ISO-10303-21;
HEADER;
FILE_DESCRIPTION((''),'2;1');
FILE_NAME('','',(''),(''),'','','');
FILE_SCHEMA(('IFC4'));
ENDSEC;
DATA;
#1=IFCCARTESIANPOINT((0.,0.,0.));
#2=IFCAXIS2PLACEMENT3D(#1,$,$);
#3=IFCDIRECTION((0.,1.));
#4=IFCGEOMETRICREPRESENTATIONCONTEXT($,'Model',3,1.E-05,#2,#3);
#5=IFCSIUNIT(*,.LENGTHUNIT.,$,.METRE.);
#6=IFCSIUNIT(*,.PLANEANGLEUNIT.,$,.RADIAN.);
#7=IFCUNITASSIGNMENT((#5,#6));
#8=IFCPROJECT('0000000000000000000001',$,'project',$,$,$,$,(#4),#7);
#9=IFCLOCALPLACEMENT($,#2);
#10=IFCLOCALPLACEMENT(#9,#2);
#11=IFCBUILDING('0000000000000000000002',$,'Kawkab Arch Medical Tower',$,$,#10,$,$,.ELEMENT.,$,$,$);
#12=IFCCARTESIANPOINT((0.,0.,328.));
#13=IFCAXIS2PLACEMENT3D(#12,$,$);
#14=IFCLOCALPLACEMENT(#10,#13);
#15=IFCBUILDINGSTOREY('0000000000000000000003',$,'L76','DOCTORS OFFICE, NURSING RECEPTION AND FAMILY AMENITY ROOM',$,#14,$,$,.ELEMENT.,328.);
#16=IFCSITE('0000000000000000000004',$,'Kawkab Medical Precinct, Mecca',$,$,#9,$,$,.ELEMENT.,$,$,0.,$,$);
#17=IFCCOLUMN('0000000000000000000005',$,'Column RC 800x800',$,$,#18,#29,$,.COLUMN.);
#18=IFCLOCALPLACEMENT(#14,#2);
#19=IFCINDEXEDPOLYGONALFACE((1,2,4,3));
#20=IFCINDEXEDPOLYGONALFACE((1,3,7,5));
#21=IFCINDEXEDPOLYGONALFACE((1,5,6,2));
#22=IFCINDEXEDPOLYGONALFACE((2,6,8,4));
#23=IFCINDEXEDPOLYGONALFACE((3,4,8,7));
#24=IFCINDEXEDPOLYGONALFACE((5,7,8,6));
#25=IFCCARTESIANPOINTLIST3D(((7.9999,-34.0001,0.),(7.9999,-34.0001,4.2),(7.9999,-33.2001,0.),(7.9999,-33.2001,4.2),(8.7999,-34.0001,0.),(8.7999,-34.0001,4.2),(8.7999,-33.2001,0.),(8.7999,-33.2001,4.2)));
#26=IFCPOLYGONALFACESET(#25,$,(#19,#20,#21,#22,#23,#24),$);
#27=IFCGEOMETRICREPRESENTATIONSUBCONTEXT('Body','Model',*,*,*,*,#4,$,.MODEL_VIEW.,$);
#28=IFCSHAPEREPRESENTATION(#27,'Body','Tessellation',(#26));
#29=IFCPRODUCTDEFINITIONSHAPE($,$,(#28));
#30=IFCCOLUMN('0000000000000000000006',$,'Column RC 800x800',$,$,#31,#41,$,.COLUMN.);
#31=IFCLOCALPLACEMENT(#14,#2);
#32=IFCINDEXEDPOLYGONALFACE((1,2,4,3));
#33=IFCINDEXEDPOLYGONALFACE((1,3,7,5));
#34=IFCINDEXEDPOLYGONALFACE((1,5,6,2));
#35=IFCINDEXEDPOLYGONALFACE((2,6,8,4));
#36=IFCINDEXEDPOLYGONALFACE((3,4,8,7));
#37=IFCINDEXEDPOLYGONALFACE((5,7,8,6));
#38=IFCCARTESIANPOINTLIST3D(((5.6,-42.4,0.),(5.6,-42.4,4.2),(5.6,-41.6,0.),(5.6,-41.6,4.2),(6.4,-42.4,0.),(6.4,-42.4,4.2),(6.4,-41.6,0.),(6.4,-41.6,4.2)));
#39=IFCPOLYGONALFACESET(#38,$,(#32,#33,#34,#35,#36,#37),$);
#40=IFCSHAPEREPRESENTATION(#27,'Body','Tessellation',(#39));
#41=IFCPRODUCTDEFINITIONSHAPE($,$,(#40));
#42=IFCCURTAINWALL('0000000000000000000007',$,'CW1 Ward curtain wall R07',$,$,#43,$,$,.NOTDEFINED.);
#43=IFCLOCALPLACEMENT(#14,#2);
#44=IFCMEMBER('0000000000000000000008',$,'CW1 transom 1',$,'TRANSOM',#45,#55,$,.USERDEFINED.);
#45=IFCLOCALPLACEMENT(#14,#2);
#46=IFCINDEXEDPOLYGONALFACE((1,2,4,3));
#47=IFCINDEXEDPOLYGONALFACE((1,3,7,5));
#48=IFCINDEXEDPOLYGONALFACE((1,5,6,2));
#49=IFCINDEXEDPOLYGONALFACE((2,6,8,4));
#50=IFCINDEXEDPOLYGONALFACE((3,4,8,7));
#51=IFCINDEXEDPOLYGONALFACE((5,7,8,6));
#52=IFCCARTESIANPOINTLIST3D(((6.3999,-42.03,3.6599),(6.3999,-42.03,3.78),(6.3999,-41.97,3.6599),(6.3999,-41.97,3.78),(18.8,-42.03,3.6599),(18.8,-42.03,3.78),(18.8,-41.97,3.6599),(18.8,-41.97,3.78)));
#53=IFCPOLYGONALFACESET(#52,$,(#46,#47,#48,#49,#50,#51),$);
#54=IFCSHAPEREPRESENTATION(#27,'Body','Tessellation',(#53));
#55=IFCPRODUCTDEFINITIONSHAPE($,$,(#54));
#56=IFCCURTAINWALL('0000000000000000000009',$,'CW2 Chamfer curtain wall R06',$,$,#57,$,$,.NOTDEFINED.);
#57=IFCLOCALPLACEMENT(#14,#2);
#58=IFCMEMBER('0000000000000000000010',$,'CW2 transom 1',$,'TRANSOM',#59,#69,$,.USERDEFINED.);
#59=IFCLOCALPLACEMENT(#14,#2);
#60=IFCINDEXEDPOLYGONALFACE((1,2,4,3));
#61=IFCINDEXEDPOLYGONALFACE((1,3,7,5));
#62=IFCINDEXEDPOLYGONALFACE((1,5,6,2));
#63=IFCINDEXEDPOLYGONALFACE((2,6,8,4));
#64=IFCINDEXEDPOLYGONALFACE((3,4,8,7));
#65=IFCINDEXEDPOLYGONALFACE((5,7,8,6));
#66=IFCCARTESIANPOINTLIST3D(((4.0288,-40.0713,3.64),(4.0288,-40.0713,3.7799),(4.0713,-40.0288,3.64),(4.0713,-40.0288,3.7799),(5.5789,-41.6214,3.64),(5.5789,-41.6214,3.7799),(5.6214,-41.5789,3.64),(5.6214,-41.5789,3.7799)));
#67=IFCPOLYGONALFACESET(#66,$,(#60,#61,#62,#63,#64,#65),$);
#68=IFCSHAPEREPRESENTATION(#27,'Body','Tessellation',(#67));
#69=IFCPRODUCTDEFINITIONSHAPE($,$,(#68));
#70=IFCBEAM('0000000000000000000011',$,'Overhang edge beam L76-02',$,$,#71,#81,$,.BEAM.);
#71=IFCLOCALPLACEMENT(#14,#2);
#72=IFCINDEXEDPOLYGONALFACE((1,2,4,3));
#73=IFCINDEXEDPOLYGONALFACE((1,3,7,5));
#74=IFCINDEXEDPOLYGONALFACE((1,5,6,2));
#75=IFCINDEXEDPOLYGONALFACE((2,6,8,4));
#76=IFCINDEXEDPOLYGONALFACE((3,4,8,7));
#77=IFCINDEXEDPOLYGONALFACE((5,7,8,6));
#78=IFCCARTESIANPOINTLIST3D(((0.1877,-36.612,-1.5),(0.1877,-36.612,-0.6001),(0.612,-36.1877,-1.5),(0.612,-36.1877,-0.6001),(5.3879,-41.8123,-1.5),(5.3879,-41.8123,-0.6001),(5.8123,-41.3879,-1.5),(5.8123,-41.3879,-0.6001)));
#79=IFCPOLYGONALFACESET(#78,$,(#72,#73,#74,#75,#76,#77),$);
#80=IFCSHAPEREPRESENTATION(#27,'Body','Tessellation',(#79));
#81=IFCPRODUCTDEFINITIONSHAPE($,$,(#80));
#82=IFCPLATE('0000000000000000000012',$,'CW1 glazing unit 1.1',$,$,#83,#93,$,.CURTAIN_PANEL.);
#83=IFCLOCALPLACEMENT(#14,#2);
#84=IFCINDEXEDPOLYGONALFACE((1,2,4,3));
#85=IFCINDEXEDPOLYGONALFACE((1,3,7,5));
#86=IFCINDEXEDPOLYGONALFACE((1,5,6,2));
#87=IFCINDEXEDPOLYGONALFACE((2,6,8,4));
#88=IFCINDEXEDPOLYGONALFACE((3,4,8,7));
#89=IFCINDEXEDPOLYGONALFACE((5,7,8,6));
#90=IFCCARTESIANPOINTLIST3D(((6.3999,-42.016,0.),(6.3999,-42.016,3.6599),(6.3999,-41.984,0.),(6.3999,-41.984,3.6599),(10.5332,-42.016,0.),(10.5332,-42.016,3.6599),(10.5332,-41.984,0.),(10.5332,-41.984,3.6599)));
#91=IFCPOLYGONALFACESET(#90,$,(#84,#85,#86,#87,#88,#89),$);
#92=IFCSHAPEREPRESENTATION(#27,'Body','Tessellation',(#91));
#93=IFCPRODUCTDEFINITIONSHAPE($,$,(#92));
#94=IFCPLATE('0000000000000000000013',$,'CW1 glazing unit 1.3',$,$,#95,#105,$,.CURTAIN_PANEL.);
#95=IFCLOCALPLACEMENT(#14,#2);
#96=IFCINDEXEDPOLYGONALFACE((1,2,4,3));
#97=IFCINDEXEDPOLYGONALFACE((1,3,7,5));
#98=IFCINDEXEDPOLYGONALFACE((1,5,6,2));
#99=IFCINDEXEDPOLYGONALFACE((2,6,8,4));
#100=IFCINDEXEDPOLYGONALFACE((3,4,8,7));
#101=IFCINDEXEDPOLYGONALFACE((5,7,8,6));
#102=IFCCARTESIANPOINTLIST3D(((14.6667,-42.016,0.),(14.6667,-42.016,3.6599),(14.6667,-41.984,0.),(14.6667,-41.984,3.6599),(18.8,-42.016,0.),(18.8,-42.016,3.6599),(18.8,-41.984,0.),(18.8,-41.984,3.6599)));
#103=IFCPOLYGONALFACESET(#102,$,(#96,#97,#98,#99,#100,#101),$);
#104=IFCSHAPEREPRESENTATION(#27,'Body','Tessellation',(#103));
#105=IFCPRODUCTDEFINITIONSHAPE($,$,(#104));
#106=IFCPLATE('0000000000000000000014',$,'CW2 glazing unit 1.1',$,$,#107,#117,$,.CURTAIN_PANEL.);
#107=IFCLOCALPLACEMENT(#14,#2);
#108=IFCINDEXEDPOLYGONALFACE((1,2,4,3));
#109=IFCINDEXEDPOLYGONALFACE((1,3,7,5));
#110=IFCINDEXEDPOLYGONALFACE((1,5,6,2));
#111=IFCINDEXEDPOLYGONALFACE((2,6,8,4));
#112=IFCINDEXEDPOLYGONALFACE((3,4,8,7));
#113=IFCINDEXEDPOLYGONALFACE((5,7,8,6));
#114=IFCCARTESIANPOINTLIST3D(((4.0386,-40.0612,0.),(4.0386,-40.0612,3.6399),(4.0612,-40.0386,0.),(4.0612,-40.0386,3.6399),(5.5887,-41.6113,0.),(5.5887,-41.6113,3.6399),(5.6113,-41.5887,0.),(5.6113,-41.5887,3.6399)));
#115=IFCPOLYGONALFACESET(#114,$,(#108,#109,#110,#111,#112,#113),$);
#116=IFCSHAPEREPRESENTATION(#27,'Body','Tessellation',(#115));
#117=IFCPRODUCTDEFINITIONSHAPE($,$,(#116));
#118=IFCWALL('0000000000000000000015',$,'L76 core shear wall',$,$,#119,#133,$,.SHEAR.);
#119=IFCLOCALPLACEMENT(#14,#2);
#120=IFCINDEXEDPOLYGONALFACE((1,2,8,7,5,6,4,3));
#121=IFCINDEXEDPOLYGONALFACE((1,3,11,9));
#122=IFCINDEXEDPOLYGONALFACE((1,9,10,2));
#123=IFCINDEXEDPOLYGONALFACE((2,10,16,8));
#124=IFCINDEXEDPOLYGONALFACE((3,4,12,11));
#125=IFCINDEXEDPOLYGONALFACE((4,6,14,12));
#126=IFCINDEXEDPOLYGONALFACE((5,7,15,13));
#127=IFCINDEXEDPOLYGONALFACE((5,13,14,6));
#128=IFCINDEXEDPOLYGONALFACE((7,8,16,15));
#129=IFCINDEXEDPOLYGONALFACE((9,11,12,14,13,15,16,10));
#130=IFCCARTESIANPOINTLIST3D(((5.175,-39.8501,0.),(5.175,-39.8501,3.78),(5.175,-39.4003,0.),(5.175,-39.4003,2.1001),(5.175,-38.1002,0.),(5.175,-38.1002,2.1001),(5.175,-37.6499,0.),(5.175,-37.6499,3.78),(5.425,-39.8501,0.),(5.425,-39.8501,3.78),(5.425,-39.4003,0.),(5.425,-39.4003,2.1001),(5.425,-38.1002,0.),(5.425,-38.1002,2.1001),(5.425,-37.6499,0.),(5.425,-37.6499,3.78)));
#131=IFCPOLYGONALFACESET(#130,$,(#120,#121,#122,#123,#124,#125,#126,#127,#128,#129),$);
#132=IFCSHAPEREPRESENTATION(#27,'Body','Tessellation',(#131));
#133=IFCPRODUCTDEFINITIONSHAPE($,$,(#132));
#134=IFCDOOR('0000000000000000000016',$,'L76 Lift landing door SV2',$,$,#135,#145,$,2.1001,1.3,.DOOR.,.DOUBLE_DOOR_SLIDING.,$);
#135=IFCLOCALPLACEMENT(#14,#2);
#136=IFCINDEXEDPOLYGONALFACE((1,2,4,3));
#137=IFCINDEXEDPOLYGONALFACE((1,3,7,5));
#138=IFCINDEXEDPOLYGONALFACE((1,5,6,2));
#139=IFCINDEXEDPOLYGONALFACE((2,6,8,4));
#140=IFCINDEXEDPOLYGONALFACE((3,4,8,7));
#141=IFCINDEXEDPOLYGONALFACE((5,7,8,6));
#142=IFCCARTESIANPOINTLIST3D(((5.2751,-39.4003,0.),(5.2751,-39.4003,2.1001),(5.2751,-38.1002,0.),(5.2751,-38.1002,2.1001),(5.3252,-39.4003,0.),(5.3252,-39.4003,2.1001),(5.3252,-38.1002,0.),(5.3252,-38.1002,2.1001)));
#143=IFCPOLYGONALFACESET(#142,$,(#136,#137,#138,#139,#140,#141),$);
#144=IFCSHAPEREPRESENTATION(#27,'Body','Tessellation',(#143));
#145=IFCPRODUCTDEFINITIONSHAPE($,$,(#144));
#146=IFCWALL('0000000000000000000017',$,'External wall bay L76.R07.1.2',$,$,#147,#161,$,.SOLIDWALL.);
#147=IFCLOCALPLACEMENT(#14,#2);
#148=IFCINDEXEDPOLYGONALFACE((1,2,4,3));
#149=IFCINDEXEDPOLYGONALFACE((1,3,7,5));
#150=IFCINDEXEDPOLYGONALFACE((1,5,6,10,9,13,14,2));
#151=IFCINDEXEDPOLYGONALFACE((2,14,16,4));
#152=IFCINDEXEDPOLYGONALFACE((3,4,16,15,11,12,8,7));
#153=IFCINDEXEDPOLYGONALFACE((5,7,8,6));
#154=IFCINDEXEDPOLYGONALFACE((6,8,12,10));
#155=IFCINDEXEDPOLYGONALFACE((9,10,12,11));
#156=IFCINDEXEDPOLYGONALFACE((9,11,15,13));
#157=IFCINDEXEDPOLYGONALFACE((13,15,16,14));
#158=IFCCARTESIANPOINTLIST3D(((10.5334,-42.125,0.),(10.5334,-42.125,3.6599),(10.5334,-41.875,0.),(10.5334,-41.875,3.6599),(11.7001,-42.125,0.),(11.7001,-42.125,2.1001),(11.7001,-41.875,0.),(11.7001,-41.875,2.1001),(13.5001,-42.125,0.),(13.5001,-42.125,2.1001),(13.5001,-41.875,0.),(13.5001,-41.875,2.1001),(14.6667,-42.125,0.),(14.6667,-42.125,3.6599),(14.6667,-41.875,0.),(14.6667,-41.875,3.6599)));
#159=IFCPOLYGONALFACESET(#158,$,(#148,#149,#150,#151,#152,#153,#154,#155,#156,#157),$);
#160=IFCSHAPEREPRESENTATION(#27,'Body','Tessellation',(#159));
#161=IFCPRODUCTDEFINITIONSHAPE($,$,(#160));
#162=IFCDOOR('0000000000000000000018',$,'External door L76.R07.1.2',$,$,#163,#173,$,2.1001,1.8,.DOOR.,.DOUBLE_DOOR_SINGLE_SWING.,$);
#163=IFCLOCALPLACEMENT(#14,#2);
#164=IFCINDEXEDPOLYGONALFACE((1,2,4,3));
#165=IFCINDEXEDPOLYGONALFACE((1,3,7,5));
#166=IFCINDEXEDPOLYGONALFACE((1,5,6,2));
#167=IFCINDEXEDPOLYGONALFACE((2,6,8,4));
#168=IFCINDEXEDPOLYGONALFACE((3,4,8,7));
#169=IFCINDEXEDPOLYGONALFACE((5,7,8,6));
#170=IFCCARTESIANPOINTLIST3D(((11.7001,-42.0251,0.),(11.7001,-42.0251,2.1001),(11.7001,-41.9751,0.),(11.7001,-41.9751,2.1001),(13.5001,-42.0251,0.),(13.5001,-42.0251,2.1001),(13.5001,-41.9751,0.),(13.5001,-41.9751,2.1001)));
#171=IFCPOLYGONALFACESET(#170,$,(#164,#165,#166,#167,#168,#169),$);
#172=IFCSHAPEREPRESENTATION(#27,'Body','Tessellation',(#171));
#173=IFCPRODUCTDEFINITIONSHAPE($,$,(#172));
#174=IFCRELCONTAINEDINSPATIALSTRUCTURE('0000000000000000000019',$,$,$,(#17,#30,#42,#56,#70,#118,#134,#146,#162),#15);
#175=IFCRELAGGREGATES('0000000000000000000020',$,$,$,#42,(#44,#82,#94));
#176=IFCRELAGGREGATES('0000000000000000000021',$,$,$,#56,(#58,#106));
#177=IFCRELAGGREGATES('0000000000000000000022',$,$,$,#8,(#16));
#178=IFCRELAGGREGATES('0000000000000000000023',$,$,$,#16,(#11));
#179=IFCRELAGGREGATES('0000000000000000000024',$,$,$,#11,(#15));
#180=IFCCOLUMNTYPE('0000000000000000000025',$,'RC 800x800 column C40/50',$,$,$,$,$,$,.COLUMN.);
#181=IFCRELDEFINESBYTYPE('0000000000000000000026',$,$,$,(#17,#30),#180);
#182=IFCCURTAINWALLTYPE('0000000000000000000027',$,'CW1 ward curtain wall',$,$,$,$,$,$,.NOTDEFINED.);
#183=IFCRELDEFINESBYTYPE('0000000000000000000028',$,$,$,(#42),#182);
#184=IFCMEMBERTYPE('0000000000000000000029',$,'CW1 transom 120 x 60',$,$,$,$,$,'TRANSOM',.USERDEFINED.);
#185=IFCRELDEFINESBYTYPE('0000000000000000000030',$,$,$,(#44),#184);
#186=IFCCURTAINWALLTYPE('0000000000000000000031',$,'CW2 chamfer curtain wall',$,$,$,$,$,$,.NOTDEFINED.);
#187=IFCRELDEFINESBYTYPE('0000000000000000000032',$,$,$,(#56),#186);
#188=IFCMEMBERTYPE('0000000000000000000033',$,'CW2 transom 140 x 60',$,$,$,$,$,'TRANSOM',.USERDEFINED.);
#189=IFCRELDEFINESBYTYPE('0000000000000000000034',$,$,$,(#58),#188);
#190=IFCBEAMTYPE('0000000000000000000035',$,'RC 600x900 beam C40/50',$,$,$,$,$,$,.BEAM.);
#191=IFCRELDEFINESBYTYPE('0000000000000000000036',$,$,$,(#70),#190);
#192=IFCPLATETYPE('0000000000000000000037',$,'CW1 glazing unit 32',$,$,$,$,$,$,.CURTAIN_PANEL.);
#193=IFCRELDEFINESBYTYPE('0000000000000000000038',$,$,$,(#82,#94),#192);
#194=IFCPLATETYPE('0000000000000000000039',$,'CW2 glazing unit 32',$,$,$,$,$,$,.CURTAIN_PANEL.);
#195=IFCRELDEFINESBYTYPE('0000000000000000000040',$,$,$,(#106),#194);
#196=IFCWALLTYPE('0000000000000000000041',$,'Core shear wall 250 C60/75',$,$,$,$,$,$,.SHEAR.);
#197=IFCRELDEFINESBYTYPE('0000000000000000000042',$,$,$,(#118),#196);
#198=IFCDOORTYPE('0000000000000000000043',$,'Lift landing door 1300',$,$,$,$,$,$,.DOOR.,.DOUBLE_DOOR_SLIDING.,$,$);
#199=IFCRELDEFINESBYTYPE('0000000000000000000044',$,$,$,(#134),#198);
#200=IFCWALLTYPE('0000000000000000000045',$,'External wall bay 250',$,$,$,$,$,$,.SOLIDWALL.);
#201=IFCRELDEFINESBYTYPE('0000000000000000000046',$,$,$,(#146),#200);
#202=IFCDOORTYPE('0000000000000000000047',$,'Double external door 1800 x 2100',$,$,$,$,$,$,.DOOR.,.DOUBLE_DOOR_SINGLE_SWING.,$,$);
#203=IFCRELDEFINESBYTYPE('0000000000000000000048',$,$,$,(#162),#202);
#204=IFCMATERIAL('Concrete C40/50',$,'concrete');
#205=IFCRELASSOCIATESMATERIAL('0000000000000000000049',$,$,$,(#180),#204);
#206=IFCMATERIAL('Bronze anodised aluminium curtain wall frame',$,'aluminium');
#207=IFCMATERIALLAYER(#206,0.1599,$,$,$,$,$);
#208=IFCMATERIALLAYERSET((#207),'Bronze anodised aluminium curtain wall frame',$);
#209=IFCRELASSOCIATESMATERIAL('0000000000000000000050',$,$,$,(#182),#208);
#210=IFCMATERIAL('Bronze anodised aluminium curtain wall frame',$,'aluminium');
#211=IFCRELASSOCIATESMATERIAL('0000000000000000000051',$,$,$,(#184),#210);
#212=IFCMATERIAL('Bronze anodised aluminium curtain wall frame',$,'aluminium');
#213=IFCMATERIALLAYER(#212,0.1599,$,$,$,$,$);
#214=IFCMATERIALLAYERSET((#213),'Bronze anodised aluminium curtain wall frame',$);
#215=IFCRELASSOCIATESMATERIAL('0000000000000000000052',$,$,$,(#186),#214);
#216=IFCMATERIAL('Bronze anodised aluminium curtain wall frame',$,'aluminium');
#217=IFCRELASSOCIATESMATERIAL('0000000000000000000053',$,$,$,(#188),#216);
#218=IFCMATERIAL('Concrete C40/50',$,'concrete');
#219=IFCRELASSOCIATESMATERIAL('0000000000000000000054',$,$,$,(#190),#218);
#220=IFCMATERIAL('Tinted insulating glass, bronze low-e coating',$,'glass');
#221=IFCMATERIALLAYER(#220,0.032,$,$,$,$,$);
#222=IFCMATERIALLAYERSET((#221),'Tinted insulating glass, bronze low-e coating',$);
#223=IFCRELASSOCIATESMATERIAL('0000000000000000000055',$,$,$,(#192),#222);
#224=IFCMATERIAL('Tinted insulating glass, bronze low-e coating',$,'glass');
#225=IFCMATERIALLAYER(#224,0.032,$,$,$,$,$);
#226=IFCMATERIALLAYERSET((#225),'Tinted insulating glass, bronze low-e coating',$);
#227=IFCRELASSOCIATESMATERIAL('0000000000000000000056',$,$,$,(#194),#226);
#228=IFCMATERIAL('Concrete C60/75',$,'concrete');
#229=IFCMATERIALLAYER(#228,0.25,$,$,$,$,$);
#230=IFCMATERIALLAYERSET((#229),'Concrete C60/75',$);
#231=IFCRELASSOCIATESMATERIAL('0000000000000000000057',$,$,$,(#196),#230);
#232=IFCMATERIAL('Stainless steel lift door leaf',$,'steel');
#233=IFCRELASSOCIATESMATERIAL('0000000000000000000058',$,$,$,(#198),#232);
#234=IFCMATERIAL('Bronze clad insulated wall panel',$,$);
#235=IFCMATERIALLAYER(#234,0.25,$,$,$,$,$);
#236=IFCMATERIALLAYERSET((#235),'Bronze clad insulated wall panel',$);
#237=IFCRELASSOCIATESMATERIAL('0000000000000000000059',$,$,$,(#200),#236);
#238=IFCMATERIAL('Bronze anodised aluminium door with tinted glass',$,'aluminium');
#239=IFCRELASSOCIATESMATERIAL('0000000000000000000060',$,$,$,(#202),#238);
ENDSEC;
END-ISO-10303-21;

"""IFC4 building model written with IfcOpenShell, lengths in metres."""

from ifc_helpers import new_model, si_unit, direction, frame, frame_2d, origin, origin_2d, place, context, subcontext, project, spatial, rectangle, extrude, material, layer, layer_set, material_profile, profile_set, type_object, element, fill, aggregate, save


model = new_model("IFC4")

# Units and contexts
model_context = context("Model", 3, precision=1e-05, world=origin(), true_north=direction((0.0, 1.0)))
body_context = subcontext(model_context, "Body", "Model", "MODEL_VIEW")
ifc_project = project(units=[si_unit("LENGTHUNIT", "METRE"), si_unit("PLANEANGLEUNIT", "RADIAN")], contexts=[model_context])

# Site, building, storey
site_placement = place(None, origin())
site = spatial("IfcSite", under=ifc_project, at=site_placement, Name="Kawkab Medical Precinct, Mecca", CompositionType="ELEMENT", RefElevation=0.0)
building_placement = place(site_placement, origin())
building = spatial("IfcBuilding", under=site, at=building_placement, Name="Kawkab Arch Medical Tower", CompositionType="ELEMENT")
storey_placement = place(building_placement, frame((0.0, 0.0, 328.0)))
storey = spatial("IfcBuildingStorey", under=building, at=storey_placement, Name="L76", Description="DOCTORS OFFICE, NURSING RECEPTION AND FAMILY AMENITY ROOM", CompositionType="ELEMENT", Elevation=328.0)

# Columns
ifc_material_1 = material(Name="Concrete C40/50", Category="concrete")
ifc_material_profile_1 = material_profile(ifc_material_1, rectangle(XDim=0.8, YDim=0.8, at=origin_2d()), Name="RC 800x800")
ifc_profile_set_1 = profile_set([ifc_material_profile_1], Name="Concrete C40/50")
column_type = type_object("IfcColumnType", Name="RC 800x800 column C40/50", PredefinedType="COLUMN", material=ifc_profile_set_1)
for number, where, z_axis, x_axis, name in (
    (1, (8.3999, -33.6001, 0.0), (0.0, 0.0, 1.0), (1.0, 0.0, 0.0), "Column RC 800x800"),
    (2, (6.0, -42.0, 0.0), (0.0, 0.0, 1.0), (1.0, 0.0, 0.0), "Column RC 800x800"),
):
    element("IfcColumn", number, at=place(storey_placement, frame(where, z_axis=z_axis, x_axis=x_axis)), inside=storey, type_object=column_type, Name=name, PredefinedType="COLUMN", context=body_context, shape_type="SweptSolid", body=[
        extrude(rectangle(XDim=0.8, YDim=0.8, at=origin_2d()), origin(), (0.0, 0.0, 1.0), 4.2),
    ])

# Curtain walls, members
ifc_material_2 = material(Name="Bronze anodised aluminium curtain wall frame", Category="aluminium")
ifc_layer_1 = layer(ifc_material_2, 0.1599)
ifc_layer_set_1 = layer_set([ifc_layer_1], Name="Bronze anodised aluminium curtain wall frame")
curtain_wall_type_1 = type_object("IfcCurtainWallType", Name="CW1 ward curtain wall", PredefinedType="NOTDEFINED", material=ifc_layer_set_1)
placement = place(storey_placement, origin())
curtain_wall_1 = element("IfcCurtainWall", 3, at=placement, inside=storey, type_object=curtain_wall_type_1, Name="CW1 Ward curtain wall R07", PredefinedType="NOTDEFINED")
ifc_material_3 = material(Name="Bronze anodised aluminium curtain wall frame", Category="aluminium")
ifc_material_profile_2 = material_profile(ifc_material_3, rectangle(XDim=0.0601, YDim=0.1201, at=origin_2d()), Name="AL 60x120")
ifc_profile_set_2 = profile_set([ifc_material_profile_2], Name="Bronze anodised aluminium curtain wall frame")
member_type_1 = type_object("IfcMemberType", Name="CW1 transom 120 x 60", ElementType="TRANSOM", PredefinedType="USERDEFINED", material=ifc_profile_set_2)
member_1_placement = place(storey_placement, frame((6.3999, -42.0, 3.72), z_axis=(1.0, 0.0, 0.0), x_axis=(0.0, 1.0, 0.0)))
member_1 = element("IfcMember", 4, at=member_1_placement, type_object=member_type_1, Name="CW1 transom 1", ObjectType="TRANSOM", PredefinedType="USERDEFINED", context=body_context, shape_type="SweptSolid", body=[
    extrude(rectangle(XDim=0.0601, YDim=0.1201, at=origin_2d()), origin(), (0.0, 0.0, 1.0), 12.4001),
])
ifc_material_4 = material(Name="Bronze anodised aluminium curtain wall frame", Category="aluminium")
ifc_layer_2 = layer(ifc_material_4, 0.1599)
ifc_layer_set_2 = layer_set([ifc_layer_2], Name="Bronze anodised aluminium curtain wall frame")
curtain_wall_type_2 = type_object("IfcCurtainWallType", Name="CW2 chamfer curtain wall", PredefinedType="NOTDEFINED", material=ifc_layer_set_2)
curtain_wall_2 = element("IfcCurtainWall", 5, at=placement, inside=storey, type_object=curtain_wall_type_2, Name="CW2 Chamfer curtain wall R06", PredefinedType="NOTDEFINED")
ifc_material_5 = material(Name="Bronze anodised aluminium curtain wall frame", Category="aluminium")
ifc_material_profile_3 = material_profile(ifc_material_5, rectangle(XDim=0.0601, YDim=0.1399, at=origin_2d()), Name="AL 60x140")
ifc_profile_set_3 = profile_set([ifc_material_profile_3], Name="Bronze anodised aluminium curtain wall frame")
member_type_2 = type_object("IfcMemberType", Name="CW2 transom 140 x 60", ElementType="TRANSOM", PredefinedType="USERDEFINED", material=ifc_profile_set_3)
member_2_placement = place(storey_placement, frame((4.05, -40.05, 3.71), z_axis=(0.707107, -0.707107, 0.0), x_axis=(0.707107, 0.707107, 0.0)))
member_2 = element("IfcMember", 6, at=member_2_placement, type_object=member_type_2, Name="CW2 transom 1", ObjectType="TRANSOM", PredefinedType="USERDEFINED", context=body_context, shape_type="SweptSolid", body=[
    extrude(rectangle(XDim=0.0601, YDim=0.1399, at=origin_2d()), origin(), (0.0, 0.0, 1.0), 2.1921),
])

# Beam
ifc_material_6 = material(Name="Concrete C40/50", Category="concrete")
ifc_material_profile_4 = material_profile(ifc_material_6, rectangle(XDim=0.6001, YDim=0.8999, at=origin_2d()), Name="RC 600x900")
ifc_profile_set_4 = profile_set([ifc_material_profile_4], Name="Concrete C40/50")
beam_type = type_object("IfcBeamType", Name="RC 600x900 beam C40/50", PredefinedType="BEAM", material=ifc_profile_set_4)
beam_placement = place(storey_placement, frame((5.6001, -41.6001, -1.05), z_axis=(-0.707107, 0.707107, 0.0), x_axis=(-0.707107, -0.707107, 0.0)))
element("IfcBeam", 7, at=beam_placement, inside=storey, type_object=beam_type, Name="Overhang edge beam L76-02", PredefinedType="BEAM", context=body_context, shape_type="SweptSolid", body=[
    extrude(rectangle(XDim=0.6001, YDim=0.8999, at=origin_2d()), origin(), (0.0, 0.0, 1.0), 7.3542),
])

# Plates
ifc_material_7 = material(Name="Tinted insulating glass, bronze low-e coating", Category="glass")
ifc_layer_3 = layer(ifc_material_7, 0.032)
ifc_layer_set_3 = layer_set([ifc_layer_3], Name="Tinted insulating glass, bronze low-e coating")
plate_type_1 = type_object("IfcPlateType", Name="CW1 glazing unit 32", PredefinedType="CURTAIN_PANEL", material=ifc_layer_set_3)
plate_1_placement = place(storey_placement, frame((8.4666, -42.0, 0.0), z_axis=(0.0, 0.0, 1.0), x_axis=(1.0, 0.0, 0.0)))
plate_1 = element("IfcPlate", 8, at=plate_1_placement, type_object=plate_type_1, Name="CW1 glazing unit 1.1", PredefinedType="CURTAIN_PANEL", context=body_context, shape_type="SweptSolid", body=[
    extrude(rectangle(XDim=4.1333, YDim=0.032, at=origin_2d()), origin(), (0.0, 0.0, 1.0), 3.6599),
])
plate_2_placement = place(storey_placement, frame((16.7334, -42.0, 0.0), z_axis=(0.0, 0.0, 1.0), x_axis=(1.0, 0.0, 0.0)))
plate_2 = element("IfcPlate", 9, at=plate_2_placement, type_object=plate_type_1, Name="CW1 glazing unit 1.3", PredefinedType="CURTAIN_PANEL", context=body_context, shape_type="SweptSolid", body=[
    extrude(rectangle(XDim=4.1333, YDim=0.032, at=origin_2d()), origin(), (0.0, 0.0, 1.0), 3.6599),
])
aggregate(curtain_wall_1, [member_1, plate_1, plate_2])
ifc_material_8 = material(Name="Tinted insulating glass, bronze low-e coating", Category="glass")
ifc_layer_4 = layer(ifc_material_8, 0.032)
ifc_layer_set_4 = layer_set([ifc_layer_4], Name="Tinted insulating glass, bronze low-e coating")
plate_type_2 = type_object("IfcPlateType", Name="CW2 glazing unit 32", PredefinedType="CURTAIN_PANEL", material=ifc_layer_set_4)
plate_3_placement = place(storey_placement, frame((4.825, -40.825, 0.0), z_axis=(0.0, 0.0, 1.0), x_axis=(0.707107, -0.707107, 0.0)))
plate_3 = element("IfcPlate", 10, at=plate_3_placement, type_object=plate_type_2, Name="CW2 glazing unit 1.1", PredefinedType="CURTAIN_PANEL", context=body_context, shape_type="SweptSolid", body=[
    extrude(rectangle(XDim=2.1921, YDim=0.032, at=origin_2d()), origin(), (0.0, 0.0, 1.0), 3.6399),
])
aggregate(curtain_wall_2, [member_2, plate_3])

# Walls, openings, doors
ifc_material_9 = material(Name="Concrete C60/75", Category="concrete")
ifc_layer_5 = layer(ifc_material_9, 0.25)
ifc_layer_set_5 = layer_set([ifc_layer_5], Name="Concrete C60/75")
wall_type_1 = type_object("IfcWallType", Name="Core shear wall 250 C60/75", PredefinedType="SHEAR", material=ifc_layer_set_5)
wall_1_placement = place(storey_placement, frame((5.3, -39.8501, 0.0), z_axis=(0.0, 0.0, 1.0), x_axis=(0.0, 1.0, 0.0)))
wall_1 = element("IfcWall", 11, at=wall_1_placement, inside=storey, type_object=wall_type_1, Name="L76 core shear wall", PredefinedType="SHEAR", context=body_context, shape_type="SweptSolid", body=[
    extrude(rectangle(XDim=2.2002, YDim=0.25, at=frame_2d((1.1001, 0.0))), origin(), (0.0, 0.0, 1.0), 3.78),
])
opening_1_placement = place(wall_1_placement, frame((0.45, 0.0, 0.0)))
opening_1 = element("IfcOpeningElement", 12, at=opening_1_placement, cuts=wall_1, PredefinedType="OPENING", context=body_context, shape_type="SweptSolid", body=[
    extrude(rectangle(XDim=1.3, YDim=2.1001, at=frame_2d((0.6499, 1.05))), frame((0.0, 0.135, 0.0), z_axis=(0.0, -1.0, 0.0), x_axis=(1.0, 0.0, 0.0)), (0.0, 0.0, 1.0), 0.27),
])
ifc_material_10 = material(Name="Stainless steel lift door leaf", Category="steel")
door_type_1 = type_object("IfcDoorType", Name="Lift landing door 1300", OperationType="DOUBLE_DOOR_SLIDING", PredefinedType="DOOR", material=ifc_material_10)
door_1_placement = place(opening_1_placement, origin())
door_1 = element("IfcDoor", 13, at=door_1_placement, inside=storey, type_object=door_type_1, Name="L76 Lift landing door SV2", OperationType="DOUBLE_DOOR_SLIDING", OverallHeight=2.1001, OverallWidth=1.3, PredefinedType="DOOR", context=body_context, shape_type="SweptSolid", body=[
    extrude(rectangle(XDim=1.3, YDim=2.1001, at=frame_2d((0.6499, 1.05))), frame((0.0, 0.0249, 0.0), z_axis=(0.0, -1.0, 0.0), x_axis=(1.0, 0.0, 0.0)), (0.0, 0.0, 1.0), 0.05),
])
fill(opening_1, door_1)
ifc_material_11 = material(Name="Bronze clad insulated wall panel")
ifc_layer_6 = layer(ifc_material_11, 0.25)
ifc_layer_set_6 = layer_set([ifc_layer_6], Name="Bronze clad insulated wall panel")
wall_type_2 = type_object("IfcWallType", Name="External wall bay 250", PredefinedType="SOLIDWALL", material=ifc_layer_set_6)
wall_2_placement = place(storey_placement, frame((10.5334, -42.0, 0.0), z_axis=(0.0, 0.0, 1.0), x_axis=(1.0, 0.0, 0.0)))
wall_2 = element("IfcWall", 14, at=wall_2_placement, inside=storey, type_object=wall_type_2, Name="External wall bay L76.R07.1.2", PredefinedType="SOLIDWALL", context=body_context, shape_type="SweptSolid", body=[
    extrude(rectangle(XDim=4.1333, YDim=0.25, at=frame_2d((2.0667, 0.0))), origin(), (0.0, 0.0, 1.0), 3.6599),
])
opening_2_placement = place(wall_2_placement, frame((1.1667, 0.0, 0.0)))
opening_2 = element("IfcOpeningElement", 15, at=opening_2_placement, cuts=wall_2, PredefinedType="OPENING", context=body_context, shape_type="SweptSolid", body=[
    extrude(rectangle(XDim=1.8, YDim=2.1001, at=frame_2d((0.8999, 1.05))), frame((0.0, 0.135, 0.0), z_axis=(0.0, -1.0, 0.0), x_axis=(1.0, 0.0, 0.0)), (0.0, 0.0, 1.0), 0.27),
])
ifc_material_12 = material(Name="Bronze anodised aluminium door with tinted glass", Category="aluminium")
door_type_2 = type_object("IfcDoorType", Name="Double external door 1800 x 2100", OperationType="DOUBLE_DOOR_SINGLE_SWING", PredefinedType="DOOR", material=ifc_material_12)
door_2_placement = place(opening_2_placement, origin())
door_2 = element("IfcDoor", 16, at=door_2_placement, inside=storey, type_object=door_type_2, Name="External door L76.R07.1.2", OperationType="DOUBLE_DOOR_SINGLE_SWING", OverallHeight=2.1001, OverallWidth=1.8, PredefinedType="DOOR", context=body_context, shape_type="SweptSolid", body=[
    extrude(rectangle(XDim=1.8, YDim=2.1001, at=frame_2d((0.8999, 1.05))), frame((0.0, 0.0249, 0.0), z_axis=(0.0, -1.0, 0.0), x_axis=(1.0, 0.0, 0.0)), (0.0, 0.0, 1.0), 0.05),
])
fill(opening_2, door_2)

save(model, "model.ifc")
